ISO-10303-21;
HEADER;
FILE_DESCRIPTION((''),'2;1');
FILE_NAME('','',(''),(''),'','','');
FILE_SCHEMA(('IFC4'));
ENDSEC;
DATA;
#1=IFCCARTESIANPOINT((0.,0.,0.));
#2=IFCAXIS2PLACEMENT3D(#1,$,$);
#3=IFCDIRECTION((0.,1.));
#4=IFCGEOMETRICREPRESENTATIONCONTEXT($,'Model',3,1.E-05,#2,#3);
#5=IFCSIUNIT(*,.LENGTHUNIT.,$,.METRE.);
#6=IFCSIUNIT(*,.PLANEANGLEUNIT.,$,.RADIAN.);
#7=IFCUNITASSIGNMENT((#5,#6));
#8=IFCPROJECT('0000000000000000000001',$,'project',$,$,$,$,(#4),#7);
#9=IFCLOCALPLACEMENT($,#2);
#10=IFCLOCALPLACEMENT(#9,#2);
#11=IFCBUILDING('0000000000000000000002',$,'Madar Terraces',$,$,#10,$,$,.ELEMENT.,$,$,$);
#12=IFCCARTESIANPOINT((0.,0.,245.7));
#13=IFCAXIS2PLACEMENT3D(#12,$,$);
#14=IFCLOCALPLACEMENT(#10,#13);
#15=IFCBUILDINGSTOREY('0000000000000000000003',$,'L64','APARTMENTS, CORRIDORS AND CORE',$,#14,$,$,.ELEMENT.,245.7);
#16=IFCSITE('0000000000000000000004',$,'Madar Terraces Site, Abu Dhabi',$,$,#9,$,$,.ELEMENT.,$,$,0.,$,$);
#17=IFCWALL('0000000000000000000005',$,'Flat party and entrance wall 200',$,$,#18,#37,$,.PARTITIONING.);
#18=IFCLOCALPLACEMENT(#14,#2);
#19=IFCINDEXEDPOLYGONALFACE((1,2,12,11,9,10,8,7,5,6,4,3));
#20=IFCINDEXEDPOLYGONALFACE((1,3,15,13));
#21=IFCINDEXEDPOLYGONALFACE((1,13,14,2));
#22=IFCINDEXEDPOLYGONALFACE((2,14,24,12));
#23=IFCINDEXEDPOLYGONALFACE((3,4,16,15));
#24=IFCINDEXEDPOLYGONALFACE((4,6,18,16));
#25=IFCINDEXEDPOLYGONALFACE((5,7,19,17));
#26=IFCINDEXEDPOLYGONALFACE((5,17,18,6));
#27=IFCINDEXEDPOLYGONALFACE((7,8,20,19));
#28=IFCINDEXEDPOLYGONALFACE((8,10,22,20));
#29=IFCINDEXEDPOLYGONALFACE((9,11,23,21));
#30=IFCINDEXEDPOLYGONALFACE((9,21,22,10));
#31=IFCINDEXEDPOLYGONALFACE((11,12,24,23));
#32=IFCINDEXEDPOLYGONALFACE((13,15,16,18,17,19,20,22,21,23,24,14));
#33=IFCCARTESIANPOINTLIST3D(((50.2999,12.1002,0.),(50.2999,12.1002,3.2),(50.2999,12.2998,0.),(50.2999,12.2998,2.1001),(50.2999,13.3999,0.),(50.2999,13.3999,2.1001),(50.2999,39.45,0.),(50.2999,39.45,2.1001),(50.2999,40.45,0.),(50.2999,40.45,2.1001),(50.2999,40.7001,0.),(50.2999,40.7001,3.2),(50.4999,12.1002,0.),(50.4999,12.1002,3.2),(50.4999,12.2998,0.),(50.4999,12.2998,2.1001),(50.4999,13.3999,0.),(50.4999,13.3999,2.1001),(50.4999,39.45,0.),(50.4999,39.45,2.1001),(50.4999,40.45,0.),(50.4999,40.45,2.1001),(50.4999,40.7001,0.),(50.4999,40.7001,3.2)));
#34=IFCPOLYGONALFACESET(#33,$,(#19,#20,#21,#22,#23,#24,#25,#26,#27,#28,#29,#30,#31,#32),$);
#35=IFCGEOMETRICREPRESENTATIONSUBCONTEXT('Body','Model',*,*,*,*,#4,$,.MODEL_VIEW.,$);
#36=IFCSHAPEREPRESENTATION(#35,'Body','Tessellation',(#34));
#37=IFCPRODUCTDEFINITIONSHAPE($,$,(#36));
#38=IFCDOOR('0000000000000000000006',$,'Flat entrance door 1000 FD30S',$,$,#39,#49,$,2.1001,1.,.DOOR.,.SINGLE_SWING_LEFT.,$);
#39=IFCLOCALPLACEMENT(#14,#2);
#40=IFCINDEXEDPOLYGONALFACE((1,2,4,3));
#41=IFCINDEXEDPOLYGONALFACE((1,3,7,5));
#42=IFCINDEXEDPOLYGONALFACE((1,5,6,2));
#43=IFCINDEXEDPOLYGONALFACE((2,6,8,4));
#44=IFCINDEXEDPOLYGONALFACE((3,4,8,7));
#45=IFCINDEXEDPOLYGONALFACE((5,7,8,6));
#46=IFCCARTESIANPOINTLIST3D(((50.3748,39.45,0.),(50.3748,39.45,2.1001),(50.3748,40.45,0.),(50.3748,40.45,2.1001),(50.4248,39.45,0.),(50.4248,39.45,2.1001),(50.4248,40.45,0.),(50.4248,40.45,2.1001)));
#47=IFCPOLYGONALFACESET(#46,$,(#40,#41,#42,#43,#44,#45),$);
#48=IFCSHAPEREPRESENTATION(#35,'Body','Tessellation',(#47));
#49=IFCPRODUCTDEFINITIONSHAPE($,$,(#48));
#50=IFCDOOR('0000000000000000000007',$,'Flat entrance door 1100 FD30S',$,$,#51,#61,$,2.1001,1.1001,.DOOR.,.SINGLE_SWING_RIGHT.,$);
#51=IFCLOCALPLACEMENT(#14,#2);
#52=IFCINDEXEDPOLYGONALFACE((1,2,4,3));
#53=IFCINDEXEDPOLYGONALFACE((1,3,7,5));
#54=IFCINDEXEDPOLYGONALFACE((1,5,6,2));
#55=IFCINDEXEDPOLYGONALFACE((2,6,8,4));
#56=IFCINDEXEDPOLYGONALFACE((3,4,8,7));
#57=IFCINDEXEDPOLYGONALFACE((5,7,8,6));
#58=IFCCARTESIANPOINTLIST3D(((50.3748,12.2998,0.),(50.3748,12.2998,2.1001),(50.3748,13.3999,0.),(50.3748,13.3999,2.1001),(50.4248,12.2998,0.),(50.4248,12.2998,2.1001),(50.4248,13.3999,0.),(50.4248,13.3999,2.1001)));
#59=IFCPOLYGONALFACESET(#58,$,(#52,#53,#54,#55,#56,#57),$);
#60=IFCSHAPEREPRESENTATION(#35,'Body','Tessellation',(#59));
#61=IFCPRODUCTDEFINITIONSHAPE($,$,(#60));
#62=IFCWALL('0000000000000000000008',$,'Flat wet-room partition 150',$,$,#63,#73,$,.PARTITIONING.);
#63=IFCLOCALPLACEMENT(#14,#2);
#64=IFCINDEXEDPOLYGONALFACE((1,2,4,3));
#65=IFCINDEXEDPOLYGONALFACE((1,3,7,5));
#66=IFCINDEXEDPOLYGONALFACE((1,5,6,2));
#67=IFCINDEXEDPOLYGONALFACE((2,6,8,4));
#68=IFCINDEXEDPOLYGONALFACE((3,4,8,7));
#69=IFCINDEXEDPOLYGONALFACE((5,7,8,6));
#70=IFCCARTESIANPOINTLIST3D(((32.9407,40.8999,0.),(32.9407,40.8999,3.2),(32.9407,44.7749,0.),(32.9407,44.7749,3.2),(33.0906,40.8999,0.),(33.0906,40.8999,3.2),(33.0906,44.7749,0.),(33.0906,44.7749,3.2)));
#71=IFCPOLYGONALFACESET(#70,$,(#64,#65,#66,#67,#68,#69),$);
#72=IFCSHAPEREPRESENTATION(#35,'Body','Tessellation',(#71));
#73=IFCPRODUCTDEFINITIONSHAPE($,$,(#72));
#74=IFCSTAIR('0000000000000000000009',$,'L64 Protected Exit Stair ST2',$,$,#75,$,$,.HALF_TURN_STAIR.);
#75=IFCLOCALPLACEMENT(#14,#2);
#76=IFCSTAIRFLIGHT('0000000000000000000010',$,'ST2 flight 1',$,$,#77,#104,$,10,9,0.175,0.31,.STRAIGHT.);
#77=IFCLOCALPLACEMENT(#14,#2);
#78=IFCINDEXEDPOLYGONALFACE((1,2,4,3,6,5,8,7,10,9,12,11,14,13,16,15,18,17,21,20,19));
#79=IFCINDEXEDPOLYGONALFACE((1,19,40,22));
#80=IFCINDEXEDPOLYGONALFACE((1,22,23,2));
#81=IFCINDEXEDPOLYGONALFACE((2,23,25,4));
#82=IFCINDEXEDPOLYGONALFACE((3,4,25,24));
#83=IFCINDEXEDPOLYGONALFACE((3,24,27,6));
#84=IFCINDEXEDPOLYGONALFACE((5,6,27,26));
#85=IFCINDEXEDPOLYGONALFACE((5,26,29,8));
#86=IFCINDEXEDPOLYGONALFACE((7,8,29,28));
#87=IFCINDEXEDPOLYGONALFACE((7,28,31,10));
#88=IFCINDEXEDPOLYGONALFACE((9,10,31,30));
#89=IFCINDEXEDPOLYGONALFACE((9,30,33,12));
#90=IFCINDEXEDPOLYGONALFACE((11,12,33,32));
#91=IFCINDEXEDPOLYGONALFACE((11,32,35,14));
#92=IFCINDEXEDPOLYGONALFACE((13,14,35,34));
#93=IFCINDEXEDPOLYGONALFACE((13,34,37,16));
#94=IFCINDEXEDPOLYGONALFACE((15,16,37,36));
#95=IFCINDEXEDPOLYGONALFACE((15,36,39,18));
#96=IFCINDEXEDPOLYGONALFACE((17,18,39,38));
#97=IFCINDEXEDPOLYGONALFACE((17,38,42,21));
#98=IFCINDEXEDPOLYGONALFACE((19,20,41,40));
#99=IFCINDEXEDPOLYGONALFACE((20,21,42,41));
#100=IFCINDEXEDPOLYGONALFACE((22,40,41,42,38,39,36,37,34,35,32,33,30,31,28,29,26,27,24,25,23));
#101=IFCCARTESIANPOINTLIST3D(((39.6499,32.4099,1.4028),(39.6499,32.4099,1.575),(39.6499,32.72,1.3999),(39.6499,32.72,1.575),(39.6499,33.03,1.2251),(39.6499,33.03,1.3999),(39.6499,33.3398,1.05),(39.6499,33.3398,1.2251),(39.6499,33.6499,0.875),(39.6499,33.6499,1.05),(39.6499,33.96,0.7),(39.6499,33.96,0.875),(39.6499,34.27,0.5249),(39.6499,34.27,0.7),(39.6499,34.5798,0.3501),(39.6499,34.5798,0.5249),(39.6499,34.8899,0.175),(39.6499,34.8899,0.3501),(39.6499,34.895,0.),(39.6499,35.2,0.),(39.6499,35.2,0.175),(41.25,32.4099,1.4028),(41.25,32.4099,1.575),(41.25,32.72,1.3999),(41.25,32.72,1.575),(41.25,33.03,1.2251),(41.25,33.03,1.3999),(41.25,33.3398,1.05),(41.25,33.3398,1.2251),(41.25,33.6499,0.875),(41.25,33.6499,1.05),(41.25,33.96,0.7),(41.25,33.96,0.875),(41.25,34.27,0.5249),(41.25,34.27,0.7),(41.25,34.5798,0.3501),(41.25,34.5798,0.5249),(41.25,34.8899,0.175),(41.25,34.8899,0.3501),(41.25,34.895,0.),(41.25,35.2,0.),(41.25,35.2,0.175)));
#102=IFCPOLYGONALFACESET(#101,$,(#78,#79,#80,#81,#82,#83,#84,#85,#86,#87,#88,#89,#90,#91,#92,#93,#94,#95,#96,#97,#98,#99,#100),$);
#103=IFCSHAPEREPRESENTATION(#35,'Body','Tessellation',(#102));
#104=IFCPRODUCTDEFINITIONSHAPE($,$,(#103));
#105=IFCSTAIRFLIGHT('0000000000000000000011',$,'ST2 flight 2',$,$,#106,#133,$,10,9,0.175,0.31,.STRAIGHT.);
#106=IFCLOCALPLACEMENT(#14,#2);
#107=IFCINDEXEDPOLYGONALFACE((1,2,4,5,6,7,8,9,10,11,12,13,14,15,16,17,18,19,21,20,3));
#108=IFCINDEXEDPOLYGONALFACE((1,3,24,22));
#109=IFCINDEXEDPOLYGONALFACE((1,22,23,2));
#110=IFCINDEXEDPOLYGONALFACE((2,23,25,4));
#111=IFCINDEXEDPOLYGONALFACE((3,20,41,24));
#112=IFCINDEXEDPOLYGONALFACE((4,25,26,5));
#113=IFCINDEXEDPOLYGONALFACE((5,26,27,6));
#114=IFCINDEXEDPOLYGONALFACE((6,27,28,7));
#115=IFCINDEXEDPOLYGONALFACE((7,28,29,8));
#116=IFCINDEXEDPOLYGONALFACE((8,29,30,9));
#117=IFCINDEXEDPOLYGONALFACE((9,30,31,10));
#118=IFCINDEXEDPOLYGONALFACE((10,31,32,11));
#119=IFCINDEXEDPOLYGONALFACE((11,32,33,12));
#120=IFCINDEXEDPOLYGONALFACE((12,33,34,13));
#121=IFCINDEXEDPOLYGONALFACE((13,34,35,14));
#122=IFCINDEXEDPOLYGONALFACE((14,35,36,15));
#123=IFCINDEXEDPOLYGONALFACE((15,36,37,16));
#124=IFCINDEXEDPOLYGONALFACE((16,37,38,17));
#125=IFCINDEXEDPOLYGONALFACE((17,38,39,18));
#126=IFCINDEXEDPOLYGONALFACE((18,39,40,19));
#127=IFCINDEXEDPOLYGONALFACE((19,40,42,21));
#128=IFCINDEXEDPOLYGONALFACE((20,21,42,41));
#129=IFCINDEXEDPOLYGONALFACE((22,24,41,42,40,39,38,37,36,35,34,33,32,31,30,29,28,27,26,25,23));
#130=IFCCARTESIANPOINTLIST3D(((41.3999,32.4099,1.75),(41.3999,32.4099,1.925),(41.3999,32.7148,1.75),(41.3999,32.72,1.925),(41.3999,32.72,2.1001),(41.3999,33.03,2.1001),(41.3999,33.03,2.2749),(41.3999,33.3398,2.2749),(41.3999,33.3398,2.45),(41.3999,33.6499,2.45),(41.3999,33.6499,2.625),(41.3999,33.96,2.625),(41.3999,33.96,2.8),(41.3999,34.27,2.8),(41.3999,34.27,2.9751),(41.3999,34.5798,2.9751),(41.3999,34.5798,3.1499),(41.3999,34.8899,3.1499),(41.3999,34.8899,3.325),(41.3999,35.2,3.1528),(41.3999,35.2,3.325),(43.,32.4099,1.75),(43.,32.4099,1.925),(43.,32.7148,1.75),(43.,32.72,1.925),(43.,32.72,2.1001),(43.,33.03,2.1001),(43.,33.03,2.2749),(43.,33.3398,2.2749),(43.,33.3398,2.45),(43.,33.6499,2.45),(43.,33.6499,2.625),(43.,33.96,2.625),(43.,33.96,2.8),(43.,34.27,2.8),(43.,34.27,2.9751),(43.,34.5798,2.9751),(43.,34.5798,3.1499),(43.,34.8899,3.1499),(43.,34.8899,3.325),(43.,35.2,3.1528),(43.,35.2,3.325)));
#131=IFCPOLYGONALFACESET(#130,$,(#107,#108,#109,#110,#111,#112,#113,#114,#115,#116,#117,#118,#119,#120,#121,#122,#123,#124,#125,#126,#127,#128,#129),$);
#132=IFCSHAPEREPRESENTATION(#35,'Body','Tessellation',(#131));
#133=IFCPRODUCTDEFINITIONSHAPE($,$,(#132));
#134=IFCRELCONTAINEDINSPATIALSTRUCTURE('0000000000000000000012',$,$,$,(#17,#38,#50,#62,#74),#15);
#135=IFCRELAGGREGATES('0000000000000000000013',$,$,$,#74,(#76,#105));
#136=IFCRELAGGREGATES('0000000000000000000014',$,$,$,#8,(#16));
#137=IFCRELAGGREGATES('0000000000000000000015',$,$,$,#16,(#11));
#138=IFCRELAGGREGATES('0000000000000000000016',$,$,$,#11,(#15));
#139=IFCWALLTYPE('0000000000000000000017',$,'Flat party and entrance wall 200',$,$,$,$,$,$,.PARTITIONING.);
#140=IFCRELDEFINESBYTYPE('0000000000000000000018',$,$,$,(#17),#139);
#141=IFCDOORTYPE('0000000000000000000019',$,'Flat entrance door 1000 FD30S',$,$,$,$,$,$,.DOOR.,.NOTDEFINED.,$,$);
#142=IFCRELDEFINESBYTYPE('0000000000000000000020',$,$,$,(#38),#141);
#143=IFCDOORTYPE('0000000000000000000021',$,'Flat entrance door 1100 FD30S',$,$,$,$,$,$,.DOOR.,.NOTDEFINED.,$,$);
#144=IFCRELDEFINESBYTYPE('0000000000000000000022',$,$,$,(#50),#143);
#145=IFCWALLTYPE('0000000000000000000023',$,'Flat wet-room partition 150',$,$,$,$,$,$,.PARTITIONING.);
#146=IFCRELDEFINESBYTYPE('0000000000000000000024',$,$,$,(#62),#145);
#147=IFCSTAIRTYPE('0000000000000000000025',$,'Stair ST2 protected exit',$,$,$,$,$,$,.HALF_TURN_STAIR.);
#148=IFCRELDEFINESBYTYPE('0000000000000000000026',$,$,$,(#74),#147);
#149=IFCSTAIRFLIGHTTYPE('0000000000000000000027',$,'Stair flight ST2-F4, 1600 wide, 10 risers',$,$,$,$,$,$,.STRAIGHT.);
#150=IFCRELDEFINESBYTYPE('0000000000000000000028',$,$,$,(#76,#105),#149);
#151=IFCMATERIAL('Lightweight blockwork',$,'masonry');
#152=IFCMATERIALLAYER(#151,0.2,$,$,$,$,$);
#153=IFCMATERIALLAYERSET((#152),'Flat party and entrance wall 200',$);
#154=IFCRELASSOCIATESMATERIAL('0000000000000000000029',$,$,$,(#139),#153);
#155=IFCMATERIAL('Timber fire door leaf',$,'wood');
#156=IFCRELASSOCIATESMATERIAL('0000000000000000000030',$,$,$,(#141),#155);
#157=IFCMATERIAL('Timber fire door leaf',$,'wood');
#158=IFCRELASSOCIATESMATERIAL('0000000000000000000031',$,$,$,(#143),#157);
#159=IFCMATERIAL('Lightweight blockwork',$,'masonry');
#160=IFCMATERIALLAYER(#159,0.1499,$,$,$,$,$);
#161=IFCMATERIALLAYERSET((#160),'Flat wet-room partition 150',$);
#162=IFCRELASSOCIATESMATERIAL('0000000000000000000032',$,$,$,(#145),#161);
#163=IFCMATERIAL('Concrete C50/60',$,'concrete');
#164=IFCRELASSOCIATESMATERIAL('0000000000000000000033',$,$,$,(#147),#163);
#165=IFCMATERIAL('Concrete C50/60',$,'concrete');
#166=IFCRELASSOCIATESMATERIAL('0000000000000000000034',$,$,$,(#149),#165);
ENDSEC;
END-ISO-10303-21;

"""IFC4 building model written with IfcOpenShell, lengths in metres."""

from ifc_helpers import new_model, si_unit, direction, frame, frame_2d, origin, place, context, subcontext, project, spatial, polyline, rectangle, outline, extrude, material, layer, layer_set, type_object, element, fill, aggregate, save


model = new_model("IFC4")

# Units and contexts
model_context = context("Model", 3, precision=1e-05, world=origin(), true_north=direction((0.0, 1.0)))
body_context = subcontext(model_context, "Body", "Model", "MODEL_VIEW")
ifc_project = project(units=[si_unit("LENGTHUNIT", "METRE"), si_unit("PLANEANGLEUNIT", "RADIAN")], contexts=[model_context])

# Site, building, storey
site_placement = place(None, origin())
site = spatial("IfcSite", under=ifc_project, at=site_placement, Name="Madar Terraces Site, Abu Dhabi", CompositionType="ELEMENT", RefElevation=0.0)
building_placement = place(site_placement, origin())
building = spatial("IfcBuilding", under=site, at=building_placement, Name="Madar Terraces", CompositionType="ELEMENT")
storey_placement = place(building_placement, frame((0.0, 0.0, 245.7)))
storey = spatial("IfcBuildingStorey", under=building, at=storey_placement, Name="L64", Description="APARTMENTS, CORRIDORS AND CORE", CompositionType="ELEMENT", Elevation=245.7)

# Wall, openings, doors
ifc_material_1 = material(Name="Lightweight blockwork", Category="masonry")
ifc_layer_1 = layer(ifc_material_1, 0.2)
ifc_layer_set_1 = layer_set([ifc_layer_1], Name="Flat party and entrance wall 200")
wall_type_1 = type_object("IfcWallType", Name="Flat party and entrance wall 200", PredefinedType="PARTITIONING", material=ifc_layer_set_1)
wall_1_placement = place(storey_placement, frame((50.3999, 40.7, 0.0), z_axis=(0.0, 0.0, 1.0), x_axis=(0.0, -1.0, 0.0)))
wall_1 = element("IfcWall", 1, at=wall_1_placement, inside=storey, type_object=wall_type_1, Name="Flat party and entrance wall 200", PredefinedType="PARTITIONING", context=body_context, shape_type="SweptSolid", body=[
    extrude(rectangle(XDim=28.5999, YDim=0.2, at=frame_2d((14.2998, 0.0))), origin(), (0.0, 0.0, 1.0), 3.2),
])
opening_1_placement = place(wall_1_placement, frame((27.3, 0.0, 0.0)))
opening_1 = element("IfcOpeningElement", 2, at=opening_1_placement, cuts=wall_1, PredefinedType="OPENING", context=body_context, shape_type="SweptSolid", body=[
    extrude(rectangle(XDim=1.1001, YDim=2.1001, at=frame_2d((0.55, 1.05))), frame((0.0, 0.1099, 0.0), z_axis=(0.0, -1.0, 0.0), x_axis=(1.0, 0.0, 0.0)), (0.0, 0.0, 1.0), 0.22),
])
opening_2_placement = place(wall_1_placement, frame((0.25, 0.0, 0.0)))
opening_2 = element("IfcOpeningElement", 3, at=opening_2_placement, cuts=wall_1, PredefinedType="OPENING", context=body_context, shape_type="SweptSolid", body=[
    extrude(rectangle(XDim=1.0, YDim=2.1001, at=frame_2d((0.5, 1.05))), frame((0.0, 0.1099, 0.0), z_axis=(0.0, -1.0, 0.0), x_axis=(1.0, 0.0, 0.0)), (0.0, 0.0, 1.0), 0.22),
])
ifc_material_2 = material(Name="Timber fire door leaf", Category="wood")
door_type_1 = type_object("IfcDoorType", Name="Flat entrance door 1000 FD30S", OperationType="NOTDEFINED", PredefinedType="DOOR", material=ifc_material_2)
door_1_placement = place(opening_2_placement, origin())
door_1 = element("IfcDoor", 4, at=door_1_placement, inside=storey, type_object=door_type_1, Name="Flat entrance door 1000 FD30S", OperationType="SINGLE_SWING_LEFT", OverallHeight=2.1001, OverallWidth=1.0, PredefinedType="DOOR", context=body_context, shape_type="SweptSolid", body=[
    extrude(rectangle(XDim=1.0, YDim=2.1001, at=frame_2d((0.5, 1.05))), frame((0.0, 0.0249, 0.0), z_axis=(0.0, -1.0, 0.0), x_axis=(1.0, 0.0, 0.0)), (0.0, 0.0, 1.0), 0.05),
])
fill(opening_2, door_1)
ifc_material_3 = material(Name="Timber fire door leaf", Category="wood")
door_type_2 = type_object("IfcDoorType", Name="Flat entrance door 1100 FD30S", OperationType="NOTDEFINED", PredefinedType="DOOR", material=ifc_material_3)
door_2_placement = place(opening_1_placement, origin())
door_2 = element("IfcDoor", 5, at=door_2_placement, inside=storey, type_object=door_type_2, Name="Flat entrance door 1100 FD30S", OperationType="SINGLE_SWING_RIGHT", OverallHeight=2.1001, OverallWidth=1.1001, PredefinedType="DOOR", context=body_context, shape_type="SweptSolid", body=[
    extrude(rectangle(XDim=1.1001, YDim=2.1001, at=frame_2d((0.55, 1.05))), frame((0.0, 0.0249, 0.0), z_axis=(0.0, -1.0, 0.0), x_axis=(1.0, 0.0, 0.0)), (0.0, 0.0, 1.0), 0.05),
])
fill(opening_1, door_2)

# Wall
ifc_material_4 = material(Name="Lightweight blockwork", Category="masonry")
ifc_layer_2 = layer(ifc_material_4, 0.1499)
ifc_layer_set_2 = layer_set([ifc_layer_2], Name="Flat wet-room partition 150")
wall_type_2 = type_object("IfcWallType", Name="Flat wet-room partition 150", PredefinedType="PARTITIONING", material=ifc_layer_set_2)
wall_2_placement = place(storey_placement, frame((33.0156, 40.8999, 0.0), z_axis=(0.0, 0.0, 1.0), x_axis=(0.0, 1.0, 0.0)))
element("IfcWall", 6, at=wall_2_placement, inside=storey, type_object=wall_type_2, Name="Flat wet-room partition 150", PredefinedType="PARTITIONING", context=body_context, shape_type="SweptSolid", body=[
    extrude(rectangle(XDim=3.875, YDim=0.1499, at=frame_2d((1.9375, 0.0))), origin(), (0.0, 0.0, 1.0), 3.2),
])

# Stair, stair flights
ifc_material_5 = material(Name="Concrete C50/60", Category="concrete")
stair_type = type_object("IfcStairType", Name="Stair ST2 protected exit", PredefinedType="HALF_TURN_STAIR", material=ifc_material_5)
stair_placement = place(storey_placement, origin())
stair = element("IfcStair", 7, at=stair_placement, inside=storey, type_object=stair_type, Name="L64 Protected Exit Stair ST2", PredefinedType="HALF_TURN_STAIR")
ifc_material_6 = material(Name="Concrete C50/60", Category="concrete")
stair_flight_type = type_object("IfcStairFlightType", Name="Stair flight ST2-F4, 1600 wide, 10 risers", PredefinedType="STRAIGHT", material=ifc_material_6)
stair_flight_1_placement = place(storey_placement, frame((40.45, 35.2, 0.0), z_axis=(0.0, 0.0, 1.0), x_axis=(0.0, -1.0, 0.0)))
stair_flight_1 = element("IfcStairFlight", 8, at=stair_flight_1_placement, type_object=stair_flight_type, Name="ST2 flight 1", NumberOfRisers=10, NumberOfTreads=9, PredefinedType="STRAIGHT", RiserHeight=0.175, TreadLength=0.31, context=body_context, shape_type="SweptSolid", body=[
    extrude(outline(polyline([(0.0, 0.0), (0.0, 0.175), (0.3101, 0.175), (0.3101, 0.3501), (0.6201, 0.3501), (0.6201, 0.5249), (0.9299, 0.5249), (0.9299, 0.7), (1.24, 0.7), (1.24, 0.875), (1.55, 0.875), (1.55, 1.05), (1.8601, 1.05), (1.8601, 1.2251), (2.1699, 1.2251), (2.1699, 1.3999), (2.48, 1.3999), (2.48, 1.575), (2.79, 1.575), (2.79, 1.75), (2.79, 1.4028), (0.3049, 0.0), (0.0, 0.0)])), frame((0.0, 0.8, 0.0), z_axis=(0.0, -1.0, 0.0), x_axis=(1.0, 0.0, 0.0)), (0.0, 0.0, 1.0), 1.6001),
])
stair_flight_2_placement = place(storey_placement, frame((42.2, 32.4099, 1.75), z_axis=(0.0, 0.0, 1.0), x_axis=(0.0, 1.0, 0.0)))
stair_flight_2 = element("IfcStairFlight", 9, at=stair_flight_2_placement, type_object=stair_flight_type, Name="ST2 flight 2", NumberOfRisers=10, NumberOfTreads=9, PredefinedType="STRAIGHT", RiserHeight=0.175, TreadLength=0.31, context=body_context, shape_type="SweptSolid", body=[
    extrude(outline(polyline([(0.0, 0.0), (0.0, 0.175), (0.3101, 0.175), (0.3101, 0.3501), (0.6201, 0.3501), (0.6201, 0.5249), (0.9299, 0.5249), (0.9299, 0.7), (1.24, 0.7), (1.24, 0.875), (1.55, 0.875), (1.55, 1.05), (1.8601, 1.05), (1.8601, 1.2251), (2.1699, 1.2251), (2.1699, 1.3999), (2.48, 1.3999), (2.48, 1.575), (2.79, 1.575), (2.79, 1.75), (2.79, 1.4028), (0.3049, 0.0), (0.0, 0.0)])), frame((0.0, 0.8, 0.0), z_axis=(0.0, -1.0, 0.0), x_axis=(1.0, 0.0, 0.0)), (0.0, 0.0, 1.0), 1.6001),
])
aggregate(stair, [stair_flight_1, stair_flight_2])

save(model, "model.ifc")
